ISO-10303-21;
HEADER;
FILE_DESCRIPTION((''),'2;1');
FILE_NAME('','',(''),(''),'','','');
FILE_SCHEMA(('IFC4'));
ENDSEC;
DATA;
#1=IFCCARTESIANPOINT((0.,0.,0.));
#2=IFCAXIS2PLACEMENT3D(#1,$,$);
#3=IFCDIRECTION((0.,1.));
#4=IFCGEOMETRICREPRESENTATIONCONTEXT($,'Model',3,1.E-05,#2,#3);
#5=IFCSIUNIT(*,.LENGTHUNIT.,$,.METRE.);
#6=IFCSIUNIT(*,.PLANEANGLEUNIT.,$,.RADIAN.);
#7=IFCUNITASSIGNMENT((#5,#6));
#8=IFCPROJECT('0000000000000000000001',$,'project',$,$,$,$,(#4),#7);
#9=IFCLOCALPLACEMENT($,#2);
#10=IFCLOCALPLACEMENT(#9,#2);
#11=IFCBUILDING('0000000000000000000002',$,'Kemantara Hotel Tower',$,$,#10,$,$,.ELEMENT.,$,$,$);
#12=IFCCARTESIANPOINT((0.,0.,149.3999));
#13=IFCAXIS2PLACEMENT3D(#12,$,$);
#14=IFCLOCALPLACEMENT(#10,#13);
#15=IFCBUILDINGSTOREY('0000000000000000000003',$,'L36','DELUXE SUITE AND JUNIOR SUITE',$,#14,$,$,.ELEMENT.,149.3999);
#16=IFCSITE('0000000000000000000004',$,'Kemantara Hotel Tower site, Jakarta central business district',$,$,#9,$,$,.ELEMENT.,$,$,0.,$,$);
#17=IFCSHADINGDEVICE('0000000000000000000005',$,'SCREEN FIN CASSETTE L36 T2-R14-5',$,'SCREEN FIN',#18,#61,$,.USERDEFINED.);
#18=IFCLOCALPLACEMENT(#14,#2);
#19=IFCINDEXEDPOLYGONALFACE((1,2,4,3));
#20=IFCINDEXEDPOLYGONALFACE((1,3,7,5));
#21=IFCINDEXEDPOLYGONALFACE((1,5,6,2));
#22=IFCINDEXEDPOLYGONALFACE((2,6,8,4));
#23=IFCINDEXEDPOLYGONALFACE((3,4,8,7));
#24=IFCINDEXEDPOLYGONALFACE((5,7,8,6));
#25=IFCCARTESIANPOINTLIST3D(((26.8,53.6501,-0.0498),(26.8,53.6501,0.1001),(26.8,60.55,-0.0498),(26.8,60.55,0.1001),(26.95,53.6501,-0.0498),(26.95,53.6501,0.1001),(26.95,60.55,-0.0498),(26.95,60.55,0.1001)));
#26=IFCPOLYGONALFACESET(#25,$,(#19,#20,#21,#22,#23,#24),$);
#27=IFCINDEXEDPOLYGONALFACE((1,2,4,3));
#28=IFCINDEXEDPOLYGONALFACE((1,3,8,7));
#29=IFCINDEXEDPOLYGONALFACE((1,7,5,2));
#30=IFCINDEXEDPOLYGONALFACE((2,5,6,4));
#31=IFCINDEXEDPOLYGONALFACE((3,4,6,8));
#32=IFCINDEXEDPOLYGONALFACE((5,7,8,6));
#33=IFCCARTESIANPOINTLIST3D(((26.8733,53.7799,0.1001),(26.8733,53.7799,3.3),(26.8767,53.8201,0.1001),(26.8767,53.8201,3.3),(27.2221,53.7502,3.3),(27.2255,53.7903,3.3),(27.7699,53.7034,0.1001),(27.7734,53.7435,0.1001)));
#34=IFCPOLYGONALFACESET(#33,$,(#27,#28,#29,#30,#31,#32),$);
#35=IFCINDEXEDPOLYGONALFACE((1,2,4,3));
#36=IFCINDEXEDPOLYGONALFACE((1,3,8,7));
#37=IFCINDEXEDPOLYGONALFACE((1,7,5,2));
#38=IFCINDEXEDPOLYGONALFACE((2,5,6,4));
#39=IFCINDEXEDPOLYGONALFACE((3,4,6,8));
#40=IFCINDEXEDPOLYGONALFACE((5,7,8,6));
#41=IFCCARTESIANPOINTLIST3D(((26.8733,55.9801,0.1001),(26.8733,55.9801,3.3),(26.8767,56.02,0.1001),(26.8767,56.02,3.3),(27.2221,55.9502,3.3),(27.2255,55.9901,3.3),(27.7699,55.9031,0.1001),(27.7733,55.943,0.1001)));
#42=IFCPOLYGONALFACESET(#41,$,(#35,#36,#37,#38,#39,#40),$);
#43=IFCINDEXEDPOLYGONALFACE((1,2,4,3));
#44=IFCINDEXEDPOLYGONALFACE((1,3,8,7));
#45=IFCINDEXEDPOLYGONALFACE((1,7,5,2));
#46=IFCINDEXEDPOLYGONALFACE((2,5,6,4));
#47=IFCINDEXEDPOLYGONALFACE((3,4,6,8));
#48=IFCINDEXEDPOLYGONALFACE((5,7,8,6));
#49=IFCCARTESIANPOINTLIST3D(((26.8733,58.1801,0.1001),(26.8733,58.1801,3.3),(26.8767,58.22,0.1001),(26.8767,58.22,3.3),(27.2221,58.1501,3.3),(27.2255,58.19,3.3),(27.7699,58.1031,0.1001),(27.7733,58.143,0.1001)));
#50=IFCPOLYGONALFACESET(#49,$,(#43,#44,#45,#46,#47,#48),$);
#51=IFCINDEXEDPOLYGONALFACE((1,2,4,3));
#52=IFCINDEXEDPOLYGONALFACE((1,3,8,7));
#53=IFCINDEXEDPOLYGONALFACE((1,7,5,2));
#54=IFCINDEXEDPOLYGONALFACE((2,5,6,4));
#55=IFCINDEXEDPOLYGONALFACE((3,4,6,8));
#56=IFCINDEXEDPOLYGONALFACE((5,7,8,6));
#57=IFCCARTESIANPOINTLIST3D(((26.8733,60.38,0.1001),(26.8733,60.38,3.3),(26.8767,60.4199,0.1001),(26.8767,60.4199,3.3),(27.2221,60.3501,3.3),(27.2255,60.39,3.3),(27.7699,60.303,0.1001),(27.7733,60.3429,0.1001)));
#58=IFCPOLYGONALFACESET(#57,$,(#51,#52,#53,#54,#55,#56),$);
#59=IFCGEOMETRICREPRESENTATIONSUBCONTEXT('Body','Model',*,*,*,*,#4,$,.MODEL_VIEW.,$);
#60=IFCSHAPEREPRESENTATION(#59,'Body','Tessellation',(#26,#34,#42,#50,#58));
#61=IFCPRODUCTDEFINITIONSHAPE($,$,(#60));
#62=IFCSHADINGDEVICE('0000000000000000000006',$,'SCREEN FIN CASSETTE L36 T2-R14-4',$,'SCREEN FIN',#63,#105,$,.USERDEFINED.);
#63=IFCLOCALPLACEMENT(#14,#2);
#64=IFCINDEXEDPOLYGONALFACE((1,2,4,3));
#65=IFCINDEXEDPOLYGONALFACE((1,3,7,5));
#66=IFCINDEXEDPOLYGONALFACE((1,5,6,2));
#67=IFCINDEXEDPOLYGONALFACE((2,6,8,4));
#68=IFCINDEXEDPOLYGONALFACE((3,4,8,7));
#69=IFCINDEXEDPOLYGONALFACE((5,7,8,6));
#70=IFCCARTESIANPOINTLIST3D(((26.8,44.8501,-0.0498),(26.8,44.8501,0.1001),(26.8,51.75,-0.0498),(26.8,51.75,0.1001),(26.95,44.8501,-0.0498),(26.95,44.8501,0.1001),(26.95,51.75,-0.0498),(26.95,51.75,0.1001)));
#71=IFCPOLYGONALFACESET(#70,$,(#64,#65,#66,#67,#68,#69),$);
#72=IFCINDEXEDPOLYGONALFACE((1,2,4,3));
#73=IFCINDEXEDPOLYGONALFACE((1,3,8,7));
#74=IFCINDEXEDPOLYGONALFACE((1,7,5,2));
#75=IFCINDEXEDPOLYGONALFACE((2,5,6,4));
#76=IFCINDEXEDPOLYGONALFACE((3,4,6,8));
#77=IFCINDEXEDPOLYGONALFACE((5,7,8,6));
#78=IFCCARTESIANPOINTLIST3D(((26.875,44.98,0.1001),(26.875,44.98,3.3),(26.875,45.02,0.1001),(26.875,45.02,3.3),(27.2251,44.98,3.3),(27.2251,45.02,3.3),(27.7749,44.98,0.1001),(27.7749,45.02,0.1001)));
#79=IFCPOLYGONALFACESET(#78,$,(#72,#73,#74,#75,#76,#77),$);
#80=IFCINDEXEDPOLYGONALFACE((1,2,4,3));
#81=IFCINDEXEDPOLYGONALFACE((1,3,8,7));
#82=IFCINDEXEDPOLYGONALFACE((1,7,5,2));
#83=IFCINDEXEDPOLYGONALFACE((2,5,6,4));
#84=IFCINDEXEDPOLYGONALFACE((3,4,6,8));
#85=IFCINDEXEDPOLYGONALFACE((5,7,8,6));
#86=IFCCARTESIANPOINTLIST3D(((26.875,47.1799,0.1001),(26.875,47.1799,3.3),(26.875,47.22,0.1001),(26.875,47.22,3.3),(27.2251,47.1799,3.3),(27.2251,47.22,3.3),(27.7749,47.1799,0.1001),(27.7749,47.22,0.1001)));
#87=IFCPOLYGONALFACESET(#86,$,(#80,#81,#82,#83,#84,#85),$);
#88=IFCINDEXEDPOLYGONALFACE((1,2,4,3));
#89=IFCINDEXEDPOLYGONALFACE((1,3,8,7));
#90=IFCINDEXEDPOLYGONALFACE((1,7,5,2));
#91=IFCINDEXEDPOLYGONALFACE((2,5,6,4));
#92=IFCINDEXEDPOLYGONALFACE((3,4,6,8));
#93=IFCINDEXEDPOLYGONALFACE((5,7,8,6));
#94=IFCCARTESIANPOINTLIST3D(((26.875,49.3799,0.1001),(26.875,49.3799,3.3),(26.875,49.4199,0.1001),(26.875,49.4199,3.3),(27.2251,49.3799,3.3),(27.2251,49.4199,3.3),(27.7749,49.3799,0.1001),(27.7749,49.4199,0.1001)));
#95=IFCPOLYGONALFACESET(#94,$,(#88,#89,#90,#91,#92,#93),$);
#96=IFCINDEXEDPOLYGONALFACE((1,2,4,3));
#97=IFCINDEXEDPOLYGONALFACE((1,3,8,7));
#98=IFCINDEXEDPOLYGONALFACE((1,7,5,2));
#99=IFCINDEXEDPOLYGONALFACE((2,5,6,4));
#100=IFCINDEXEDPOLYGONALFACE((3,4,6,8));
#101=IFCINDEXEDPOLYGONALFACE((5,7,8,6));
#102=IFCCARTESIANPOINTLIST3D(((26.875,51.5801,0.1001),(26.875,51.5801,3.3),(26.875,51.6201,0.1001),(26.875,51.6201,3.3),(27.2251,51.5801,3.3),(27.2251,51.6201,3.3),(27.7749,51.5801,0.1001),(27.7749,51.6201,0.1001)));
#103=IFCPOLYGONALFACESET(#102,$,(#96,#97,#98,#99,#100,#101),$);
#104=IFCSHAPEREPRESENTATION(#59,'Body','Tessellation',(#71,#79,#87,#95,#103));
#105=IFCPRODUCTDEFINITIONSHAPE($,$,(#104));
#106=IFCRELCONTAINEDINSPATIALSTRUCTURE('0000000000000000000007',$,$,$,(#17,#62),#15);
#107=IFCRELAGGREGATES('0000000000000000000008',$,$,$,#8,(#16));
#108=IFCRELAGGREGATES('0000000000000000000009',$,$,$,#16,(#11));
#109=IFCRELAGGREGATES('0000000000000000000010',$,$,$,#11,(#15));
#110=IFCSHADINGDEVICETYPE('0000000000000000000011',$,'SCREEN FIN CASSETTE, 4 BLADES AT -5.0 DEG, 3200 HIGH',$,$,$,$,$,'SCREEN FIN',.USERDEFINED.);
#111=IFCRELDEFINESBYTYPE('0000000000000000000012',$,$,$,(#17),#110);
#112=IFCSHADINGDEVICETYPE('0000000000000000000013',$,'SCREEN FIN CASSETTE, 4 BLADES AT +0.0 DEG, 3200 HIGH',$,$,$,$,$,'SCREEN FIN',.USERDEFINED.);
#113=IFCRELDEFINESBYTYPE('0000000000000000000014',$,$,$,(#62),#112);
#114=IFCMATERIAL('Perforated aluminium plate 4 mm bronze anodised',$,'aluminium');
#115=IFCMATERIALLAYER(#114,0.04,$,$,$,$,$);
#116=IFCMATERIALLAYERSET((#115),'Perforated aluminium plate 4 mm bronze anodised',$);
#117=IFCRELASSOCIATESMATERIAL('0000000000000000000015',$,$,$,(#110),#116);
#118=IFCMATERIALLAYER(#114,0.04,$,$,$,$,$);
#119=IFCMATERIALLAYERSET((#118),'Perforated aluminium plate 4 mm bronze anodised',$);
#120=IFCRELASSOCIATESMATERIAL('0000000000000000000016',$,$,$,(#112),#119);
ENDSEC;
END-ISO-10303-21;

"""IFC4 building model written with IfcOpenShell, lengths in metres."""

from ifc_helpers import new_model, si_unit, direction, frame, origin, origin_2d, place, context, subcontext, project, spatial, polyline, rectangle, outline, extrude, source, transform, mapped, material, layer, layer_set, type_object, element, save


model = new_model("IFC4")

# Units and contexts
model_context = context("Model", 3, precision=1e-05, world=origin(), true_north=direction((0.0, 1.0)))
body_context = subcontext(model_context, "Body", "Model", "MODEL_VIEW")
ifc_project = project(units=[si_unit("LENGTHUNIT", "METRE"), si_unit("PLANEANGLEUNIT", "RADIAN")], contexts=[model_context])

# Site, building, storey
site_placement = place(None, origin())
site = spatial("IfcSite", under=ifc_project, at=site_placement, Name="Kemantara Hotel Tower site, Jakarta central business district", CompositionType="ELEMENT", RefElevation=0.0)
building_placement = place(site_placement, origin())
building = spatial("IfcBuilding", under=site, at=building_placement, Name="Kemantara Hotel Tower", CompositionType="ELEMENT")
storey_placement = place(building_placement, frame((0.0, 0.0, 149.3999)))
storey = spatial("IfcBuildingStorey", under=building, at=storey_placement, Name="L36", Description="DELUXE SUITE AND JUNIOR SUITE", CompositionType="ELEMENT", Elevation=149.3999)

# Shading devices
ifc_material_1 = material(Name="Perforated aluminium plate 4 mm bronze anodised", Category="aluminium")
ifc_layer_1 = layer(ifc_material_1, 0.04)
ifc_layer_set_1 = layer_set([ifc_layer_1], Name="Perforated aluminium plate 4 mm bronze anodised")
shading_device_type_1 = type_object("IfcShadingDeviceType", Name="SCREEN FIN CASSETTE, 4 BLADES AT -5.0 DEG, 3200 HIGH", ElementType="SCREEN FIN", PredefinedType="USERDEFINED", material=ifc_layer_set_1)
shared_shape_1 = source(origin(), body_context, "Body", "SweptSolid", [
    extrude(rectangle(XDim=6.8999, YDim=0.1499, at=origin_2d()), frame((3.3, -0.075, -0.1499), z_axis=(0.0, 0.0, 1.0), x_axis=(1.0, 0.0, 0.0)), (0.0, 0.0, 1.0), 0.1499),
    extrude(outline(polyline([(0.0, 0.0), (0.8999, 0.0), (0.3501, 3.2), (0.0, 3.2), (0.0, 0.0)])), frame((0.02, -0.0767, 0.0), z_axis=(-0.996376, 0.085056, 0.0), x_axis=(-0.085056, -0.996376, 0.0)), (0.0, 0.0, 1.0), 0.0403),
    extrude(outline(polyline([(0.0, 0.0), (0.8999, 0.0), (0.3501, 3.2), (0.0, 3.2), (0.0, 0.0)])), frame((2.22, -0.0767, 0.0), z_axis=(-0.996332, 0.085575, 0.0), x_axis=(-0.085575, -0.996332, 0.0)), (0.0, 0.0, 1.0), 0.04),
    extrude(outline(polyline([(0.0, 0.0), (0.8999, 0.0), (0.3501, 3.2), (0.0, 3.2), (0.0, 0.0)])), frame((4.4199, -0.0767, 0.0), z_axis=(-0.996332, 0.085575, 0.0), x_axis=(-0.085575, -0.996332, 0.0)), (0.0, 0.0, 1.0), 0.04),
    extrude(outline(polyline([(0.0, 0.0), (0.8999, 0.0), (0.3501, 3.2), (0.0, 3.2), (0.0, 0.0)])), frame((6.6199, -0.0767, 0.0), z_axis=(-0.996332, 0.085575, 0.0), x_axis=(-0.085575, -0.996332, 0.0)), (0.0, 0.0, 1.0), 0.04),
])
shading_device_1_placement = place(storey_placement, frame((26.8, 53.8, 0.1001), z_axis=(0.0, 0.0, 1.0), x_axis=(0.0, 1.0, 0.0)))
element("IfcShadingDevice", 1, at=shading_device_1_placement, inside=storey, type_object=shading_device_type_1, Name="SCREEN FIN CASSETTE L36 T2-R14-5", ObjectType="SCREEN FIN", PredefinedType="USERDEFINED", context=body_context, shape_type="MappedRepresentation", body=[
    mapped(shared_shape_1, transform((0.0, 0.0, 0.0))),
])
ifc_layer_2 = layer(ifc_material_1, 0.04)
ifc_layer_set_2 = layer_set([ifc_layer_2], Name="Perforated aluminium plate 4 mm bronze anodised")
shading_device_type_2 = type_object("IfcShadingDeviceType", Name="SCREEN FIN CASSETTE, 4 BLADES AT +0.0 DEG, 3200 HIGH", ElementType="SCREEN FIN", PredefinedType="USERDEFINED", material=ifc_layer_set_2)
shared_shape_2 = source(origin(), body_context, "Body", "SweptSolid", [
    extrude(rectangle(XDim=6.8999, YDim=0.1499, at=origin_2d()), frame((3.3, -0.075, -0.1499), z_axis=(0.0, 0.0, 1.0), x_axis=(1.0, 0.0, 0.0)), (0.0, 0.0, 1.0), 0.1499),
    extrude(outline(polyline([(0.0, 0.0), (0.8999, 0.0), (0.3501, 3.2), (0.0, 3.2), (0.0, 0.0)])), frame((0.02, -0.075, 0.0), z_axis=(-1.0, 0.0, 0.0), x_axis=(0.0, -1.0, 0.0)), (0.0, 0.0, 1.0), 0.04),
    extrude(outline(polyline([(0.0, 0.0), (0.8999, 0.0), (0.3501, 3.2), (0.0, 3.2), (0.0, 0.0)])), frame((2.22, -0.075, 0.0), z_axis=(-1.0, 0.0, 0.0), x_axis=(0.0, -1.0, 0.0)), (0.0, 0.0, 1.0), 0.04),
    extrude(outline(polyline([(0.0, 0.0), (0.8999, 0.0), (0.3501, 3.2), (0.0, 3.2), (0.0, 0.0)])), frame((4.4199, -0.075, 0.0), z_axis=(-1.0, 0.0, 0.0), x_axis=(0.0, -1.0, 0.0)), (0.0, 0.0, 1.0), 0.04),
    extrude(outline(polyline([(0.0, 0.0), (0.8999, 0.0), (0.3501, 3.2), (0.0, 3.2), (0.0, 0.0)])), frame((6.6201, -0.075, 0.0), z_axis=(-1.0, 0.0, 0.0), x_axis=(0.0, -1.0, 0.0)), (0.0, 0.0, 1.0), 0.04),
])
shading_device_2_placement = place(storey_placement, frame((26.8, 45.0, 0.1001), z_axis=(0.0, 0.0, 1.0), x_axis=(0.0, 1.0, 0.0)))
element("IfcShadingDevice", 2, at=shading_device_2_placement, inside=storey, type_object=shading_device_type_2, Name="SCREEN FIN CASSETTE L36 T2-R14-4", ObjectType="SCREEN FIN", PredefinedType="USERDEFINED", context=body_context, shape_type="MappedRepresentation", body=[
    mapped(shared_shape_2, transform((0.0, 0.0, 0.0))),
])

save(model, "model.ifc")
